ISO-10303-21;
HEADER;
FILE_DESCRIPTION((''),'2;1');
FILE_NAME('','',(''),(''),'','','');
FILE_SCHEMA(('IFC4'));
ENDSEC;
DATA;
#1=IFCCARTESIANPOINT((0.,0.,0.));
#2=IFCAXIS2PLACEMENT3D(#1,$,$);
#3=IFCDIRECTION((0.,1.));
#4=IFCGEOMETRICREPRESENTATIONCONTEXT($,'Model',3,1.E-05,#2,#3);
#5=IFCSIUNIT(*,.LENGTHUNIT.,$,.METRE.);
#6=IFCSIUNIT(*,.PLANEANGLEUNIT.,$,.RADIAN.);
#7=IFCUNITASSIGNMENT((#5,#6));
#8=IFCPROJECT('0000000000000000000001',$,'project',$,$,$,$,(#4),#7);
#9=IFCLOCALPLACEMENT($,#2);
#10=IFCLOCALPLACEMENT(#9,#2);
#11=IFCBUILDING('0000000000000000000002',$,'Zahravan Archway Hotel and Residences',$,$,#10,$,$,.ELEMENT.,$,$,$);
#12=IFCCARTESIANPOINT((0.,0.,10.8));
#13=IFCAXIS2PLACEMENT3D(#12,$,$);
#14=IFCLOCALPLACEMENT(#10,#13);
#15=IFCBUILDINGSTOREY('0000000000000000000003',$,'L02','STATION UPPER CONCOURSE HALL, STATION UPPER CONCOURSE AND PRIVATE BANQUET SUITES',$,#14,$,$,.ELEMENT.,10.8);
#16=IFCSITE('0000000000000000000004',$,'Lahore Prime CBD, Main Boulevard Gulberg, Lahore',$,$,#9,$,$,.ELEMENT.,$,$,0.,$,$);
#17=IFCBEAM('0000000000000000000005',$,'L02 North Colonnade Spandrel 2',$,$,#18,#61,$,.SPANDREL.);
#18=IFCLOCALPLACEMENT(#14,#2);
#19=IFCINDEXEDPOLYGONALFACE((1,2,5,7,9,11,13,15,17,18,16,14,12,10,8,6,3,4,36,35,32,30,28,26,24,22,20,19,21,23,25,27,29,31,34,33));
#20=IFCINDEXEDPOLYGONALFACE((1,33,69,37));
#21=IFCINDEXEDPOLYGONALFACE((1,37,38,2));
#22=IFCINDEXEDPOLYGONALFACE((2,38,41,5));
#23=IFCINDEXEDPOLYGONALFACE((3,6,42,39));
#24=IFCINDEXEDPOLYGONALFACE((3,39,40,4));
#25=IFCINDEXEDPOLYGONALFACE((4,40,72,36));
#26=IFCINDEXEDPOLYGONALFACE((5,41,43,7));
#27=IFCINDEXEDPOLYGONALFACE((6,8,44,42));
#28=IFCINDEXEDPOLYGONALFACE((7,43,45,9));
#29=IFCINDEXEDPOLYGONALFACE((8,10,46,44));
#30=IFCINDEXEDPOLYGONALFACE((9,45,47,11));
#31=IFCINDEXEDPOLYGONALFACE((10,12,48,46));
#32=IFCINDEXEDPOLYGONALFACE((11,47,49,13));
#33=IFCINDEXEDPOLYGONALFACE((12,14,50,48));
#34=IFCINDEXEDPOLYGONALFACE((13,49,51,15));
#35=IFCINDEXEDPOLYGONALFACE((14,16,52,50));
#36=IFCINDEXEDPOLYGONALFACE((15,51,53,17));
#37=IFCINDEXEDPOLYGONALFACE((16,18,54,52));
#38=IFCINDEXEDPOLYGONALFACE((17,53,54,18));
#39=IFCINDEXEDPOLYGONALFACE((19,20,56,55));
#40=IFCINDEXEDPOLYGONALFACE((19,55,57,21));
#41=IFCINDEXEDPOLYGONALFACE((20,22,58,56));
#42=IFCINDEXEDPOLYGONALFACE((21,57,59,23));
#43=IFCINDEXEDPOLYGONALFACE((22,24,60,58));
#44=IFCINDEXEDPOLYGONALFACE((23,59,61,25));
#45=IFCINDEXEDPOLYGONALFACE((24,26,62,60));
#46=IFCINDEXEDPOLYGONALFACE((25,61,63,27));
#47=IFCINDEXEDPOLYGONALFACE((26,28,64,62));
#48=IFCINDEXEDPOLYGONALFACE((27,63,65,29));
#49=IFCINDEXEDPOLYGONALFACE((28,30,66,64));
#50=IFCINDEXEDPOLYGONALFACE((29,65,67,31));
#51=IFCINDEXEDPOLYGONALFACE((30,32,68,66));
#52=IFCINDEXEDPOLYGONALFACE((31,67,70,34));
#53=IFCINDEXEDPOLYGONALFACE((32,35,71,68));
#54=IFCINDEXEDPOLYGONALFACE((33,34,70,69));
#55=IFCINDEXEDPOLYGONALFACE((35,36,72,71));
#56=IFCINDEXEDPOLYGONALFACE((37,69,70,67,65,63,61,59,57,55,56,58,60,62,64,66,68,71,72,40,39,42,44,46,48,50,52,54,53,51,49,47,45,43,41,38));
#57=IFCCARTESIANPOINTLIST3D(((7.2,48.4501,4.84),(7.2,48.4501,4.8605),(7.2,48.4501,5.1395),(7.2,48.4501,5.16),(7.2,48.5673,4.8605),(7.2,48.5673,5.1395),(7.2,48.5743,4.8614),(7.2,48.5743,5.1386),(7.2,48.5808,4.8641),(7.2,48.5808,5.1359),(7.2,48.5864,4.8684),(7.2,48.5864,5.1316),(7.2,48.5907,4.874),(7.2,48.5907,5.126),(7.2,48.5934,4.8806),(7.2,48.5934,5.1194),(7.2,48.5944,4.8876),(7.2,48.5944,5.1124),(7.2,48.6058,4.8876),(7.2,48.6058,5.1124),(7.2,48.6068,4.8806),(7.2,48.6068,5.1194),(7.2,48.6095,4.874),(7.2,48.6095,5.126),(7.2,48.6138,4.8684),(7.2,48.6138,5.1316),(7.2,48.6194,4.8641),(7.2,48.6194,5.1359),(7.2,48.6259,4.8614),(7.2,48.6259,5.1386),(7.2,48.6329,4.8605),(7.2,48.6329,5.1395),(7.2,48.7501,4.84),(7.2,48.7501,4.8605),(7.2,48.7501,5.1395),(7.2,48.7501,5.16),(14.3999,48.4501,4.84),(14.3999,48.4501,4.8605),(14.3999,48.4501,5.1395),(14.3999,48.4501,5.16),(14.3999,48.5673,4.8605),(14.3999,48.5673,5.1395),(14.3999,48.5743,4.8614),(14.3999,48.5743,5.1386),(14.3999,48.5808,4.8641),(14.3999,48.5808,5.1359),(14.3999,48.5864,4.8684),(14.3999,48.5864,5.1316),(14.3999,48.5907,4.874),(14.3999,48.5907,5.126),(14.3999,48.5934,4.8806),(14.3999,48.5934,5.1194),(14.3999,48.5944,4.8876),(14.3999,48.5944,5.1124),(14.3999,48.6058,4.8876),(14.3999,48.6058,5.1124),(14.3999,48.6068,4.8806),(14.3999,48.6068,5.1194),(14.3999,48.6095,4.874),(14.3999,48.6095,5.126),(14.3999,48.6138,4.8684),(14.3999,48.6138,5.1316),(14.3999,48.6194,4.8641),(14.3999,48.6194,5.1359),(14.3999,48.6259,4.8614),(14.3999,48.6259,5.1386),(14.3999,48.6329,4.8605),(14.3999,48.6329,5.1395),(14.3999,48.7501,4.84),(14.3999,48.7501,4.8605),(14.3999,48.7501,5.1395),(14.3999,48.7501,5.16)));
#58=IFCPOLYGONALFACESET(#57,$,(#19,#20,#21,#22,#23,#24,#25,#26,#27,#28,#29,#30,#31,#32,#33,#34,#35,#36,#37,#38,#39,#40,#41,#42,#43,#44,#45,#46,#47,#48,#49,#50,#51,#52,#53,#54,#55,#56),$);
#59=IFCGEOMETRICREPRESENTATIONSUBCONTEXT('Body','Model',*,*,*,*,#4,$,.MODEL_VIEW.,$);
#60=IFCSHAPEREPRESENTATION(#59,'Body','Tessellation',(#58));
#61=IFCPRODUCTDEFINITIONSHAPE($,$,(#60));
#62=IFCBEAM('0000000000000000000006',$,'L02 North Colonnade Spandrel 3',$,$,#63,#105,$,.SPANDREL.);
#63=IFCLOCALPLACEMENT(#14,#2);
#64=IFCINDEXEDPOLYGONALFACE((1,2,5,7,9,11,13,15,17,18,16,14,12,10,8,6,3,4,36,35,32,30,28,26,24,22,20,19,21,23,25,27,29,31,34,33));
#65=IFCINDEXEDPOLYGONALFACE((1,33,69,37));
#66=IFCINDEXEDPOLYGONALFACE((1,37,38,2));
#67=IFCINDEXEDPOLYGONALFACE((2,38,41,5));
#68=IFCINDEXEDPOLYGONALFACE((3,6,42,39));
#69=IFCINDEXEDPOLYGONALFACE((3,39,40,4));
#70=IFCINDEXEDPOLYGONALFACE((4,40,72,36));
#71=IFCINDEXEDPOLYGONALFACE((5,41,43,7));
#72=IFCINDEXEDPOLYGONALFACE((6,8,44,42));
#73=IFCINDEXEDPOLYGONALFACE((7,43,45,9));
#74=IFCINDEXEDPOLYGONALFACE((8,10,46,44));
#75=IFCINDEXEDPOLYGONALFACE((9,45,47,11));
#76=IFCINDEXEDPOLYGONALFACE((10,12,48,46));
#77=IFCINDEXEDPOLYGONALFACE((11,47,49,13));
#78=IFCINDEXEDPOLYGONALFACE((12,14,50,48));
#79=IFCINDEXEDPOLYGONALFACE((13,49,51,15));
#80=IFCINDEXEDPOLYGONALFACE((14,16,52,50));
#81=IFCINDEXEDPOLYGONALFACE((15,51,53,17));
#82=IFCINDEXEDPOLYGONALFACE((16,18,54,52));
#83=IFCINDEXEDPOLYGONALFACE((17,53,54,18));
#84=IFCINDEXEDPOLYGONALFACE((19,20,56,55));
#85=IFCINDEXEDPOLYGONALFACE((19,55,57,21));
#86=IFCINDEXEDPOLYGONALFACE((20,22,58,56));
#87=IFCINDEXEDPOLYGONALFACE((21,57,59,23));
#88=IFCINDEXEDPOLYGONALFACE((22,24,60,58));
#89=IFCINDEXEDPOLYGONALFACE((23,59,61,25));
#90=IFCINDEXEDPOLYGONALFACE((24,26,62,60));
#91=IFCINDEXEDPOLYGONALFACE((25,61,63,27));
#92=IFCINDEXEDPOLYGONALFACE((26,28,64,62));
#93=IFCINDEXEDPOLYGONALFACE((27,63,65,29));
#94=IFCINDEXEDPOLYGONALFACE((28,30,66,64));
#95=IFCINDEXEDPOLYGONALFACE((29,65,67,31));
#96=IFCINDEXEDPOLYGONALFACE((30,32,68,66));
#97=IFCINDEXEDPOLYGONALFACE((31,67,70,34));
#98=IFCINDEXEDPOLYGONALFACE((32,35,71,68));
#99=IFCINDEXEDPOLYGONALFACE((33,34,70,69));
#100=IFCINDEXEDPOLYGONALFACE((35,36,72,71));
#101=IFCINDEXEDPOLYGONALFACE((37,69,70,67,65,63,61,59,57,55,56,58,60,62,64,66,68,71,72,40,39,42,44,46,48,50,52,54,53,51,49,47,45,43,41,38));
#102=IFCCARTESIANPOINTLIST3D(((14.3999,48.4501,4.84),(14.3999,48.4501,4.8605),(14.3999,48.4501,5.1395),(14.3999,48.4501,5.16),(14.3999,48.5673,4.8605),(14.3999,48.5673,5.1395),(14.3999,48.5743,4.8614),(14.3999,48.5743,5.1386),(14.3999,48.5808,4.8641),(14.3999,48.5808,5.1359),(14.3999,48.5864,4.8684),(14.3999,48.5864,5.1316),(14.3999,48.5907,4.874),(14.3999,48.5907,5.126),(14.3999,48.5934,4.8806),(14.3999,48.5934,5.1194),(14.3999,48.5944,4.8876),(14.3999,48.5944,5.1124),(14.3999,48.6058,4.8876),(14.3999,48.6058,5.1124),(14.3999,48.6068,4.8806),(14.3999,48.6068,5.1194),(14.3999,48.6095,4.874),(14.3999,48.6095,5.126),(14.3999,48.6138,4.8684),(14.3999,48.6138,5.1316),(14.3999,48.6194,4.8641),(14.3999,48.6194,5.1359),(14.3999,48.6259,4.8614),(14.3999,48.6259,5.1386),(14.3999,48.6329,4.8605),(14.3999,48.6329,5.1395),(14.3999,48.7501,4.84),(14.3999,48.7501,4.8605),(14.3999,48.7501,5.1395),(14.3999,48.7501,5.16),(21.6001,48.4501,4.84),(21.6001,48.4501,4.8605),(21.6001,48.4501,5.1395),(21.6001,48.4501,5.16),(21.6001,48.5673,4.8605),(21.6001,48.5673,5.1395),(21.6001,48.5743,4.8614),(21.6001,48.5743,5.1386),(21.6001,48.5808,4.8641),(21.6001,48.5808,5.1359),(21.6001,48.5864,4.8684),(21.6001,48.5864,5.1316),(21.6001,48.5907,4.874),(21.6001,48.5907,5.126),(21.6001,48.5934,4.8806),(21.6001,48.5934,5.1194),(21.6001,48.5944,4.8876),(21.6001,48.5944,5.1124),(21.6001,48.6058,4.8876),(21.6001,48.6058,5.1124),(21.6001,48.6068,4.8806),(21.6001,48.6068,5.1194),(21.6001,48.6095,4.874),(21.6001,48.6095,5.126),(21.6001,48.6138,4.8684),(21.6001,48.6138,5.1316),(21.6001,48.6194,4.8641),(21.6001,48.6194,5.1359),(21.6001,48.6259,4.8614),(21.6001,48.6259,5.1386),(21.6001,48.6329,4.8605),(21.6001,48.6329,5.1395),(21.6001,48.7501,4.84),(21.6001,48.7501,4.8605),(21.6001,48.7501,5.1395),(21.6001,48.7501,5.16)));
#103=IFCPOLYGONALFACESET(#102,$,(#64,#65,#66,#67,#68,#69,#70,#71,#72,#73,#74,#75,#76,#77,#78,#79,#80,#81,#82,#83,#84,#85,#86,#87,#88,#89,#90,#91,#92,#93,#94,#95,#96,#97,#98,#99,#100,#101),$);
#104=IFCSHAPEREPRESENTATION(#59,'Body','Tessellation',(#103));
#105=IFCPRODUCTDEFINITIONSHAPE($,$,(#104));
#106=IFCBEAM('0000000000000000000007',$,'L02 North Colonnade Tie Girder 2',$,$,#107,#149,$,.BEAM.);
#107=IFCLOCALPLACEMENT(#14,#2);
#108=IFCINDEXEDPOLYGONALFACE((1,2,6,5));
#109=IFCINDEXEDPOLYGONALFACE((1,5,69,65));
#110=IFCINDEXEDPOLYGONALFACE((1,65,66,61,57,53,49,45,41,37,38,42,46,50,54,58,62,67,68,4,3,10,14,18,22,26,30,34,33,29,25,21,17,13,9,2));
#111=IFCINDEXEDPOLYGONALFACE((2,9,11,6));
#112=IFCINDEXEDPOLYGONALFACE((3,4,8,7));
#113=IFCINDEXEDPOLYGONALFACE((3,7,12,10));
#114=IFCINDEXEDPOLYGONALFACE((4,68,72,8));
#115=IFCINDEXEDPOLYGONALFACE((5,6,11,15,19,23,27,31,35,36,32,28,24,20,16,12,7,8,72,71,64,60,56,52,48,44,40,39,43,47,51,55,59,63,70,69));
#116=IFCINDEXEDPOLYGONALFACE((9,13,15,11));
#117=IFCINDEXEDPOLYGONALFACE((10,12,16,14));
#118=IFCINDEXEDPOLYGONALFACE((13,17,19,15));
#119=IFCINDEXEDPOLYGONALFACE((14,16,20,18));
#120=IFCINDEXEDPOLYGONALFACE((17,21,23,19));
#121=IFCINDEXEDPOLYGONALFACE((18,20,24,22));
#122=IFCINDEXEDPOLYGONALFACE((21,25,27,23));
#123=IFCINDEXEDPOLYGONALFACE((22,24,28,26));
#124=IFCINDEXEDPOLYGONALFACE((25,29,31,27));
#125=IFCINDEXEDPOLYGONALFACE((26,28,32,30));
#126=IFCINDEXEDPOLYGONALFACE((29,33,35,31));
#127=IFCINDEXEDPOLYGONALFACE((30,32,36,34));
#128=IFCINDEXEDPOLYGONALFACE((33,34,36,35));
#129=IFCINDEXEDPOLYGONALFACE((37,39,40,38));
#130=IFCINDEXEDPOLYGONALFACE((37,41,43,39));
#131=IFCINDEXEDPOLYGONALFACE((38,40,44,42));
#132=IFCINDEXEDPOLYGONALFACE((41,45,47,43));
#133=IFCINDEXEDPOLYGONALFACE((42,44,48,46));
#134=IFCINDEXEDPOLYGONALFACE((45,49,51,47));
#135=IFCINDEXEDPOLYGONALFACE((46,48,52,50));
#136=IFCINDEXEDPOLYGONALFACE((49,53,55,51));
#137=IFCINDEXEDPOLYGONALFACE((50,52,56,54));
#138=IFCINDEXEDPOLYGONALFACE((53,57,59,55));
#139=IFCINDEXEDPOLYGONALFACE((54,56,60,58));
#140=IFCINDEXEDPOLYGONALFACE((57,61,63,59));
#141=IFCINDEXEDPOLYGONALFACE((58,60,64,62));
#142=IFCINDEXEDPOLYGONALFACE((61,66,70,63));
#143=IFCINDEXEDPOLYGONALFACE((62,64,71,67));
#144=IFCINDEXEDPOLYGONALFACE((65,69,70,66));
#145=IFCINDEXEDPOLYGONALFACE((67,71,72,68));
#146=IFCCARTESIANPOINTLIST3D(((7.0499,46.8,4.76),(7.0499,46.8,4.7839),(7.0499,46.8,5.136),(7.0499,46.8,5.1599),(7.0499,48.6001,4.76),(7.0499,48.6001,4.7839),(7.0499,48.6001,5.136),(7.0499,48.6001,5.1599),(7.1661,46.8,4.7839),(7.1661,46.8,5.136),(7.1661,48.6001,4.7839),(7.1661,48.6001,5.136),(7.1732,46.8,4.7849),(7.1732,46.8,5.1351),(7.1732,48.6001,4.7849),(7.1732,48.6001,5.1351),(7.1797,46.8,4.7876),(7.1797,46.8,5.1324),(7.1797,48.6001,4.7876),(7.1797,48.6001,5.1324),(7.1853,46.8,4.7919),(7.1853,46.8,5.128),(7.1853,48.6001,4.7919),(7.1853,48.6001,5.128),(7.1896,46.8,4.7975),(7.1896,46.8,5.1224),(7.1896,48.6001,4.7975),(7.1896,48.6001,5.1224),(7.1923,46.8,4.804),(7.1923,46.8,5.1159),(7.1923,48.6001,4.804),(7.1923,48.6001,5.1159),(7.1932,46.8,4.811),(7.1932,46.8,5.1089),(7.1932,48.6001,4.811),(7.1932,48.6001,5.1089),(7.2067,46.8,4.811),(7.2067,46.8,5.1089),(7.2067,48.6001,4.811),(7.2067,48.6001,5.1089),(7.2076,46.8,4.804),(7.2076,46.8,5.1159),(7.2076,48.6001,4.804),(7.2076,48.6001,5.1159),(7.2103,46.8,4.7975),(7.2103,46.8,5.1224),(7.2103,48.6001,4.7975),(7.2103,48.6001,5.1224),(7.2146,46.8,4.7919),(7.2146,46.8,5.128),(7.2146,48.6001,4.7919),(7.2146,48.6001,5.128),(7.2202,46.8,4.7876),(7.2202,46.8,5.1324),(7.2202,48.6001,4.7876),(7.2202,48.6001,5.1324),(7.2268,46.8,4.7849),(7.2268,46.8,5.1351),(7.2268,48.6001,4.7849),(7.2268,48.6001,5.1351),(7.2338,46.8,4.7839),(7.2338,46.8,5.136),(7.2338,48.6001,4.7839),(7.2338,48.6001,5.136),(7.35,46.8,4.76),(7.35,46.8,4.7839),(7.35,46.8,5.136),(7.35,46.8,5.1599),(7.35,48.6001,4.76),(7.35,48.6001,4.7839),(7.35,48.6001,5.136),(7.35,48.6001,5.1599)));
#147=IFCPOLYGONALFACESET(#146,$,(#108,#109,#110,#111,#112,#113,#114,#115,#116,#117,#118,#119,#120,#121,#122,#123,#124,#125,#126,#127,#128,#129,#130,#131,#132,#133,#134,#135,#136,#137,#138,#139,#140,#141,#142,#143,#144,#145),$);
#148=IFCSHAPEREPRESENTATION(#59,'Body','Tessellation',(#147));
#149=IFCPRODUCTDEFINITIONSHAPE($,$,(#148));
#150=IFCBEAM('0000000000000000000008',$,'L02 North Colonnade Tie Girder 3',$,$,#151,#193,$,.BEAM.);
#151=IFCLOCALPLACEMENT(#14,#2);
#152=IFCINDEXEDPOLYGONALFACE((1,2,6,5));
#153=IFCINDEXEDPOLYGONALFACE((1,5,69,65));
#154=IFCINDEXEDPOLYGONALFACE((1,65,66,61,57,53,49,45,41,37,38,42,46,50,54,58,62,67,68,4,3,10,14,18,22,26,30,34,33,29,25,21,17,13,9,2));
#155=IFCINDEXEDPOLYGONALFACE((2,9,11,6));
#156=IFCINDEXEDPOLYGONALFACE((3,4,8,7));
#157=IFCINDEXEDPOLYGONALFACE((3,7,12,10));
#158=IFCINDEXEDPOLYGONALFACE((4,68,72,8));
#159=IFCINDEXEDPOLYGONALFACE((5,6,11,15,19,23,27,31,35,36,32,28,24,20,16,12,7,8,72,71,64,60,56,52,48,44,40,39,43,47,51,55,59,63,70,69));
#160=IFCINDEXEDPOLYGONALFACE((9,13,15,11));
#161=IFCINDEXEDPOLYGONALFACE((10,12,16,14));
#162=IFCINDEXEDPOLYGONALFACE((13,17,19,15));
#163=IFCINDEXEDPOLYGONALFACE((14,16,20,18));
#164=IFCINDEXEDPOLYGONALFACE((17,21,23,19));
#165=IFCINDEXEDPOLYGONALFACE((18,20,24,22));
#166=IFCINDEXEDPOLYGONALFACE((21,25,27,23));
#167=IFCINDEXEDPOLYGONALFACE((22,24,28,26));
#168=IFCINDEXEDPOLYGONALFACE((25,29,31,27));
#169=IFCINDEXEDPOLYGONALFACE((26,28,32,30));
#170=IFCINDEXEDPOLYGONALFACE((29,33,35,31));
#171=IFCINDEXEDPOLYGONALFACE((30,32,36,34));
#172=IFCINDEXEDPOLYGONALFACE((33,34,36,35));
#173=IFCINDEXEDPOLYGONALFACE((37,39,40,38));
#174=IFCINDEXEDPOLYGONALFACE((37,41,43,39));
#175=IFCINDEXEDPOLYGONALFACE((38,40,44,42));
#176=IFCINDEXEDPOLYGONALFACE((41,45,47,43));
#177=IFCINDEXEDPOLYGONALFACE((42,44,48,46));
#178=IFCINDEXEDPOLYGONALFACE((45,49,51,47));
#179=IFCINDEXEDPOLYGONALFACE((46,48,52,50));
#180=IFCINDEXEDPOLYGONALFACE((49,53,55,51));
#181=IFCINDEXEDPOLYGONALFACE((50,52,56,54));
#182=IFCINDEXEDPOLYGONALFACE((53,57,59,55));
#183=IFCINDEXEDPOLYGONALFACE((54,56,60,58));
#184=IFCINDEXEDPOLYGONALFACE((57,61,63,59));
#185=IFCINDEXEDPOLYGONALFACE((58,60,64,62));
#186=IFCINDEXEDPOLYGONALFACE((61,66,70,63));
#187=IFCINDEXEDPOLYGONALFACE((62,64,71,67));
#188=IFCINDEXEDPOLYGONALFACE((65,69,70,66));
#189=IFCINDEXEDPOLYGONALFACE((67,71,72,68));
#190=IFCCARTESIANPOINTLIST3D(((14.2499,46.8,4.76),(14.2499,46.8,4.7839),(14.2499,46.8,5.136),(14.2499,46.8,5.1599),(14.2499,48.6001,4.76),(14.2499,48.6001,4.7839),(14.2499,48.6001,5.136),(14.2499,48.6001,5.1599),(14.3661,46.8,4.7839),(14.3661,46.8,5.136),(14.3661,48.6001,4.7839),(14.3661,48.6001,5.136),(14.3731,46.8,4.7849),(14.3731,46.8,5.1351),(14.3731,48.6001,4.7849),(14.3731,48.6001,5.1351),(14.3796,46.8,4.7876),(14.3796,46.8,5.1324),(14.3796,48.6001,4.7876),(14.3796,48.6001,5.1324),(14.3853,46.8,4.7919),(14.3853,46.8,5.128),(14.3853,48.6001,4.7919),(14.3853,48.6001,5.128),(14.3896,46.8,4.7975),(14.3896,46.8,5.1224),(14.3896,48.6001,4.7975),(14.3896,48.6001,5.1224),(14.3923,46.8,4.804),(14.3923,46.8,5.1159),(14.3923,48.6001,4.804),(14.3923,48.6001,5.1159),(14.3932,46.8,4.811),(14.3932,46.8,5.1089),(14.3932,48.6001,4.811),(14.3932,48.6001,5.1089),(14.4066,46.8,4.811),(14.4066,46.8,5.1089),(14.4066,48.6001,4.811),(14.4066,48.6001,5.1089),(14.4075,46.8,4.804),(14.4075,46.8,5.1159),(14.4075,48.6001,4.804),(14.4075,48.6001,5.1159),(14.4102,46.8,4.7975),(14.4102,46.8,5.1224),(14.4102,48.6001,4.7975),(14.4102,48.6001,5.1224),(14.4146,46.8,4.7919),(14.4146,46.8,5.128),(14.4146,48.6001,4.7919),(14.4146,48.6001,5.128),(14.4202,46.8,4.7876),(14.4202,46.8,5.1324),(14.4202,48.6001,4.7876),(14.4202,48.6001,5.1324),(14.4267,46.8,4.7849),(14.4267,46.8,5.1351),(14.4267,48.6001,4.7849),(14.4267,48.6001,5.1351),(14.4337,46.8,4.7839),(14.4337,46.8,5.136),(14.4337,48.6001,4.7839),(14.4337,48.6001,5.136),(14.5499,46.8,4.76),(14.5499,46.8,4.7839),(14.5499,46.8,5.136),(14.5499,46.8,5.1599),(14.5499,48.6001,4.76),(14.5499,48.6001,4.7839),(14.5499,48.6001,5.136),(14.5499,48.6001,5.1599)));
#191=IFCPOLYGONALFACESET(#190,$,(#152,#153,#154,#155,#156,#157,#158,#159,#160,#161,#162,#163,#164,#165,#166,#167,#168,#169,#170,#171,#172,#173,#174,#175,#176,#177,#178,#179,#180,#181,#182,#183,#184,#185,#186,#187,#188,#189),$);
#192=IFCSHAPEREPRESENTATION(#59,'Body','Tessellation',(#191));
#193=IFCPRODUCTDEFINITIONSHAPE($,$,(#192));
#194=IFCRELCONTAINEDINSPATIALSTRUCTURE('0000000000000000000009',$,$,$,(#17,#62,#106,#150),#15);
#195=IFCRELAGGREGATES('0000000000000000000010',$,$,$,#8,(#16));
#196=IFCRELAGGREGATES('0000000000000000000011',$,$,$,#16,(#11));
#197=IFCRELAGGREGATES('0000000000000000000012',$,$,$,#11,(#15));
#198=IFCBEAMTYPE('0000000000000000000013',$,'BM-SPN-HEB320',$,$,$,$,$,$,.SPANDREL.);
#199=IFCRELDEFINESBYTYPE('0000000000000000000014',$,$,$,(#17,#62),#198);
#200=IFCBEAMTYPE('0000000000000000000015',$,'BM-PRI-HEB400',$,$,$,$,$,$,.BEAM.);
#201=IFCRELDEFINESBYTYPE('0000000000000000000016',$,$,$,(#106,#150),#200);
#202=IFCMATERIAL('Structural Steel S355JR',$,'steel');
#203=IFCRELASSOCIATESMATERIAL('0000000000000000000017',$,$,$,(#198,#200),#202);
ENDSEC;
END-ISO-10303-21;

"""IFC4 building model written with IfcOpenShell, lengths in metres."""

from ifc_helpers import new_model, si_unit, direction, frame, origin, origin_2d, place, context, subcontext, project, spatial, i_section, extrude, source, transform, mapped, material, material_profile, profile_set, type_object, type_shapes, element, save


model = new_model("IFC4")

# Units and contexts
model_context = context("Model", 3, precision=1e-05, world=origin(), true_north=direction((0.0, 1.0)))
body_context = subcontext(model_context, "Body", "Model", "MODEL_VIEW")
ifc_project = project(units=[si_unit("LENGTHUNIT", "METRE"), si_unit("PLANEANGLEUNIT", "RADIAN")], contexts=[model_context])

# Site, building, storey
site_placement = place(None, origin())
site = spatial("IfcSite", under=ifc_project, at=site_placement, Name="Lahore Prime CBD, Main Boulevard Gulberg, Lahore", CompositionType="ELEMENT", RefElevation=0.0)
building_placement = place(site_placement, origin())
building = spatial("IfcBuilding", under=site, at=building_placement, Name="Zahravan Archway Hotel and Residences", CompositionType="ELEMENT")
storey_placement = place(building_placement, frame((0.0, 0.0, 10.8)))
storey = spatial("IfcBuildingStorey", under=building, at=storey_placement, Name="L02", Description="STATION UPPER CONCOURSE HALL, STATION UPPER CONCOURSE AND PRIVATE BANQUET SUITES", CompositionType="ELEMENT", Elevation=10.8)

# Beams
ifc_material_1 = material(Name="Structural Steel S355JR", Category="steel")
ifc_material_profile_1 = material_profile(ifc_material_1, i_section(OverallWidth=0.3, OverallDepth=0.3201, WebThickness=0.0115, FlangeThickness=0.0205, FilletRadius=0.0271, at=origin_2d()), Name="HEB 320", Category="steel")
ifc_profile_set_1 = profile_set([ifc_material_profile_1], Name="Structural Steel S355JR")
beam_type_1 = type_object("IfcBeamType", Name="BM-SPN-HEB320", PredefinedType="SPANDREL", material=ifc_profile_set_1)
shared_shape_1 = source(origin(), body_context, "Body", "SweptSolid", [
    extrude(i_section(OverallWidth=0.3, OverallDepth=0.3201, WebThickness=0.0115, FlangeThickness=0.0205, FilletRadius=0.0271, at=origin_2d()), origin(), (0.0, 0.0, 1.0), 7.2),
])
type_shapes(beam_type_1, [shared_shape_1])
beam_1_placement = place(storey_placement, frame((7.2, 48.6001, 5.0), z_axis=(1.0, 0.0, 0.0), x_axis=(0.0, 1.0, 0.0)))
element("IfcBeam", 1, at=beam_1_placement, inside=storey, type_object=beam_type_1, Name="L02 North Colonnade Spandrel 2", PredefinedType="SPANDREL", context=body_context, shape_type="MappedRepresentation", body=[
    mapped(shared_shape_1, transform((0.0, 0.0, 0.0), scale=1.0)),
])
shared_shape_2 = source(origin(), body_context, "Body", "SweptSolid", [
    extrude(i_section(OverallWidth=0.3, OverallDepth=0.3201, WebThickness=0.0115, FlangeThickness=0.0205, FilletRadius=0.0271, at=origin_2d()), origin(), (0.0, 0.0, 1.0), 7.2002),
])
beam_2_placement = place(storey_placement, frame((14.3999, 48.6001, 5.0), z_axis=(1.0, 0.0, 0.0), x_axis=(0.0, 1.0, 0.0)))
element("IfcBeam", 2, at=beam_2_placement, inside=storey, type_object=beam_type_1, Name="L02 North Colonnade Spandrel 3", PredefinedType="SPANDREL", context=body_context, shape_type="MappedRepresentation", body=[
    mapped(shared_shape_2, transform((0.0, 0.0, 0.0), scale=1.0)),
])
ifc_material_profile_2 = material_profile(ifc_material_1, i_section(OverallWidth=0.3, OverallDepth=0.3999, WebThickness=0.0134, FlangeThickness=0.0239, FilletRadius=0.0271, at=origin_2d()), Name="HEB 400", Category="steel")
ifc_profile_set_2 = profile_set([ifc_material_profile_2], Name="Structural Steel S355JR")
beam_type_2 = type_object("IfcBeamType", Name="BM-PRI-HEB400", PredefinedType="BEAM", material=ifc_profile_set_2)
shared_shape_3 = source(origin(), body_context, "Body", "SweptSolid", [
    extrude(i_section(OverallWidth=0.3, OverallDepth=0.3999, WebThickness=0.0134, FlangeThickness=0.0239, FilletRadius=0.0271, at=origin_2d()), origin(), (0.0, 0.0, 1.0), 1.8),
])
for number, where, z_axis, x_axis, name in (
    (3, (7.2, 46.8, 4.96), (0.0, 1.0, 0.0), (-1.0, 0.0, 0.0), "L02 North Colonnade Tie Girder 2"),
    (4, (14.3999, 46.8, 4.96), (0.0, 1.0, 0.0), (-1.0, 0.0, 0.0), "L02 North Colonnade Tie Girder 3"),
):
    element("IfcBeam", number, at=place(storey_placement, frame(where, z_axis=z_axis, x_axis=x_axis)), inside=storey, type_object=beam_type_2, Name=name, PredefinedType="BEAM", context=body_context, shape_type="MappedRepresentation", body=[
        mapped(shared_shape_3, transform((0.0, 0.0, 0.0), scale=1.0)),
    ])

save(model, "model.ifc")
